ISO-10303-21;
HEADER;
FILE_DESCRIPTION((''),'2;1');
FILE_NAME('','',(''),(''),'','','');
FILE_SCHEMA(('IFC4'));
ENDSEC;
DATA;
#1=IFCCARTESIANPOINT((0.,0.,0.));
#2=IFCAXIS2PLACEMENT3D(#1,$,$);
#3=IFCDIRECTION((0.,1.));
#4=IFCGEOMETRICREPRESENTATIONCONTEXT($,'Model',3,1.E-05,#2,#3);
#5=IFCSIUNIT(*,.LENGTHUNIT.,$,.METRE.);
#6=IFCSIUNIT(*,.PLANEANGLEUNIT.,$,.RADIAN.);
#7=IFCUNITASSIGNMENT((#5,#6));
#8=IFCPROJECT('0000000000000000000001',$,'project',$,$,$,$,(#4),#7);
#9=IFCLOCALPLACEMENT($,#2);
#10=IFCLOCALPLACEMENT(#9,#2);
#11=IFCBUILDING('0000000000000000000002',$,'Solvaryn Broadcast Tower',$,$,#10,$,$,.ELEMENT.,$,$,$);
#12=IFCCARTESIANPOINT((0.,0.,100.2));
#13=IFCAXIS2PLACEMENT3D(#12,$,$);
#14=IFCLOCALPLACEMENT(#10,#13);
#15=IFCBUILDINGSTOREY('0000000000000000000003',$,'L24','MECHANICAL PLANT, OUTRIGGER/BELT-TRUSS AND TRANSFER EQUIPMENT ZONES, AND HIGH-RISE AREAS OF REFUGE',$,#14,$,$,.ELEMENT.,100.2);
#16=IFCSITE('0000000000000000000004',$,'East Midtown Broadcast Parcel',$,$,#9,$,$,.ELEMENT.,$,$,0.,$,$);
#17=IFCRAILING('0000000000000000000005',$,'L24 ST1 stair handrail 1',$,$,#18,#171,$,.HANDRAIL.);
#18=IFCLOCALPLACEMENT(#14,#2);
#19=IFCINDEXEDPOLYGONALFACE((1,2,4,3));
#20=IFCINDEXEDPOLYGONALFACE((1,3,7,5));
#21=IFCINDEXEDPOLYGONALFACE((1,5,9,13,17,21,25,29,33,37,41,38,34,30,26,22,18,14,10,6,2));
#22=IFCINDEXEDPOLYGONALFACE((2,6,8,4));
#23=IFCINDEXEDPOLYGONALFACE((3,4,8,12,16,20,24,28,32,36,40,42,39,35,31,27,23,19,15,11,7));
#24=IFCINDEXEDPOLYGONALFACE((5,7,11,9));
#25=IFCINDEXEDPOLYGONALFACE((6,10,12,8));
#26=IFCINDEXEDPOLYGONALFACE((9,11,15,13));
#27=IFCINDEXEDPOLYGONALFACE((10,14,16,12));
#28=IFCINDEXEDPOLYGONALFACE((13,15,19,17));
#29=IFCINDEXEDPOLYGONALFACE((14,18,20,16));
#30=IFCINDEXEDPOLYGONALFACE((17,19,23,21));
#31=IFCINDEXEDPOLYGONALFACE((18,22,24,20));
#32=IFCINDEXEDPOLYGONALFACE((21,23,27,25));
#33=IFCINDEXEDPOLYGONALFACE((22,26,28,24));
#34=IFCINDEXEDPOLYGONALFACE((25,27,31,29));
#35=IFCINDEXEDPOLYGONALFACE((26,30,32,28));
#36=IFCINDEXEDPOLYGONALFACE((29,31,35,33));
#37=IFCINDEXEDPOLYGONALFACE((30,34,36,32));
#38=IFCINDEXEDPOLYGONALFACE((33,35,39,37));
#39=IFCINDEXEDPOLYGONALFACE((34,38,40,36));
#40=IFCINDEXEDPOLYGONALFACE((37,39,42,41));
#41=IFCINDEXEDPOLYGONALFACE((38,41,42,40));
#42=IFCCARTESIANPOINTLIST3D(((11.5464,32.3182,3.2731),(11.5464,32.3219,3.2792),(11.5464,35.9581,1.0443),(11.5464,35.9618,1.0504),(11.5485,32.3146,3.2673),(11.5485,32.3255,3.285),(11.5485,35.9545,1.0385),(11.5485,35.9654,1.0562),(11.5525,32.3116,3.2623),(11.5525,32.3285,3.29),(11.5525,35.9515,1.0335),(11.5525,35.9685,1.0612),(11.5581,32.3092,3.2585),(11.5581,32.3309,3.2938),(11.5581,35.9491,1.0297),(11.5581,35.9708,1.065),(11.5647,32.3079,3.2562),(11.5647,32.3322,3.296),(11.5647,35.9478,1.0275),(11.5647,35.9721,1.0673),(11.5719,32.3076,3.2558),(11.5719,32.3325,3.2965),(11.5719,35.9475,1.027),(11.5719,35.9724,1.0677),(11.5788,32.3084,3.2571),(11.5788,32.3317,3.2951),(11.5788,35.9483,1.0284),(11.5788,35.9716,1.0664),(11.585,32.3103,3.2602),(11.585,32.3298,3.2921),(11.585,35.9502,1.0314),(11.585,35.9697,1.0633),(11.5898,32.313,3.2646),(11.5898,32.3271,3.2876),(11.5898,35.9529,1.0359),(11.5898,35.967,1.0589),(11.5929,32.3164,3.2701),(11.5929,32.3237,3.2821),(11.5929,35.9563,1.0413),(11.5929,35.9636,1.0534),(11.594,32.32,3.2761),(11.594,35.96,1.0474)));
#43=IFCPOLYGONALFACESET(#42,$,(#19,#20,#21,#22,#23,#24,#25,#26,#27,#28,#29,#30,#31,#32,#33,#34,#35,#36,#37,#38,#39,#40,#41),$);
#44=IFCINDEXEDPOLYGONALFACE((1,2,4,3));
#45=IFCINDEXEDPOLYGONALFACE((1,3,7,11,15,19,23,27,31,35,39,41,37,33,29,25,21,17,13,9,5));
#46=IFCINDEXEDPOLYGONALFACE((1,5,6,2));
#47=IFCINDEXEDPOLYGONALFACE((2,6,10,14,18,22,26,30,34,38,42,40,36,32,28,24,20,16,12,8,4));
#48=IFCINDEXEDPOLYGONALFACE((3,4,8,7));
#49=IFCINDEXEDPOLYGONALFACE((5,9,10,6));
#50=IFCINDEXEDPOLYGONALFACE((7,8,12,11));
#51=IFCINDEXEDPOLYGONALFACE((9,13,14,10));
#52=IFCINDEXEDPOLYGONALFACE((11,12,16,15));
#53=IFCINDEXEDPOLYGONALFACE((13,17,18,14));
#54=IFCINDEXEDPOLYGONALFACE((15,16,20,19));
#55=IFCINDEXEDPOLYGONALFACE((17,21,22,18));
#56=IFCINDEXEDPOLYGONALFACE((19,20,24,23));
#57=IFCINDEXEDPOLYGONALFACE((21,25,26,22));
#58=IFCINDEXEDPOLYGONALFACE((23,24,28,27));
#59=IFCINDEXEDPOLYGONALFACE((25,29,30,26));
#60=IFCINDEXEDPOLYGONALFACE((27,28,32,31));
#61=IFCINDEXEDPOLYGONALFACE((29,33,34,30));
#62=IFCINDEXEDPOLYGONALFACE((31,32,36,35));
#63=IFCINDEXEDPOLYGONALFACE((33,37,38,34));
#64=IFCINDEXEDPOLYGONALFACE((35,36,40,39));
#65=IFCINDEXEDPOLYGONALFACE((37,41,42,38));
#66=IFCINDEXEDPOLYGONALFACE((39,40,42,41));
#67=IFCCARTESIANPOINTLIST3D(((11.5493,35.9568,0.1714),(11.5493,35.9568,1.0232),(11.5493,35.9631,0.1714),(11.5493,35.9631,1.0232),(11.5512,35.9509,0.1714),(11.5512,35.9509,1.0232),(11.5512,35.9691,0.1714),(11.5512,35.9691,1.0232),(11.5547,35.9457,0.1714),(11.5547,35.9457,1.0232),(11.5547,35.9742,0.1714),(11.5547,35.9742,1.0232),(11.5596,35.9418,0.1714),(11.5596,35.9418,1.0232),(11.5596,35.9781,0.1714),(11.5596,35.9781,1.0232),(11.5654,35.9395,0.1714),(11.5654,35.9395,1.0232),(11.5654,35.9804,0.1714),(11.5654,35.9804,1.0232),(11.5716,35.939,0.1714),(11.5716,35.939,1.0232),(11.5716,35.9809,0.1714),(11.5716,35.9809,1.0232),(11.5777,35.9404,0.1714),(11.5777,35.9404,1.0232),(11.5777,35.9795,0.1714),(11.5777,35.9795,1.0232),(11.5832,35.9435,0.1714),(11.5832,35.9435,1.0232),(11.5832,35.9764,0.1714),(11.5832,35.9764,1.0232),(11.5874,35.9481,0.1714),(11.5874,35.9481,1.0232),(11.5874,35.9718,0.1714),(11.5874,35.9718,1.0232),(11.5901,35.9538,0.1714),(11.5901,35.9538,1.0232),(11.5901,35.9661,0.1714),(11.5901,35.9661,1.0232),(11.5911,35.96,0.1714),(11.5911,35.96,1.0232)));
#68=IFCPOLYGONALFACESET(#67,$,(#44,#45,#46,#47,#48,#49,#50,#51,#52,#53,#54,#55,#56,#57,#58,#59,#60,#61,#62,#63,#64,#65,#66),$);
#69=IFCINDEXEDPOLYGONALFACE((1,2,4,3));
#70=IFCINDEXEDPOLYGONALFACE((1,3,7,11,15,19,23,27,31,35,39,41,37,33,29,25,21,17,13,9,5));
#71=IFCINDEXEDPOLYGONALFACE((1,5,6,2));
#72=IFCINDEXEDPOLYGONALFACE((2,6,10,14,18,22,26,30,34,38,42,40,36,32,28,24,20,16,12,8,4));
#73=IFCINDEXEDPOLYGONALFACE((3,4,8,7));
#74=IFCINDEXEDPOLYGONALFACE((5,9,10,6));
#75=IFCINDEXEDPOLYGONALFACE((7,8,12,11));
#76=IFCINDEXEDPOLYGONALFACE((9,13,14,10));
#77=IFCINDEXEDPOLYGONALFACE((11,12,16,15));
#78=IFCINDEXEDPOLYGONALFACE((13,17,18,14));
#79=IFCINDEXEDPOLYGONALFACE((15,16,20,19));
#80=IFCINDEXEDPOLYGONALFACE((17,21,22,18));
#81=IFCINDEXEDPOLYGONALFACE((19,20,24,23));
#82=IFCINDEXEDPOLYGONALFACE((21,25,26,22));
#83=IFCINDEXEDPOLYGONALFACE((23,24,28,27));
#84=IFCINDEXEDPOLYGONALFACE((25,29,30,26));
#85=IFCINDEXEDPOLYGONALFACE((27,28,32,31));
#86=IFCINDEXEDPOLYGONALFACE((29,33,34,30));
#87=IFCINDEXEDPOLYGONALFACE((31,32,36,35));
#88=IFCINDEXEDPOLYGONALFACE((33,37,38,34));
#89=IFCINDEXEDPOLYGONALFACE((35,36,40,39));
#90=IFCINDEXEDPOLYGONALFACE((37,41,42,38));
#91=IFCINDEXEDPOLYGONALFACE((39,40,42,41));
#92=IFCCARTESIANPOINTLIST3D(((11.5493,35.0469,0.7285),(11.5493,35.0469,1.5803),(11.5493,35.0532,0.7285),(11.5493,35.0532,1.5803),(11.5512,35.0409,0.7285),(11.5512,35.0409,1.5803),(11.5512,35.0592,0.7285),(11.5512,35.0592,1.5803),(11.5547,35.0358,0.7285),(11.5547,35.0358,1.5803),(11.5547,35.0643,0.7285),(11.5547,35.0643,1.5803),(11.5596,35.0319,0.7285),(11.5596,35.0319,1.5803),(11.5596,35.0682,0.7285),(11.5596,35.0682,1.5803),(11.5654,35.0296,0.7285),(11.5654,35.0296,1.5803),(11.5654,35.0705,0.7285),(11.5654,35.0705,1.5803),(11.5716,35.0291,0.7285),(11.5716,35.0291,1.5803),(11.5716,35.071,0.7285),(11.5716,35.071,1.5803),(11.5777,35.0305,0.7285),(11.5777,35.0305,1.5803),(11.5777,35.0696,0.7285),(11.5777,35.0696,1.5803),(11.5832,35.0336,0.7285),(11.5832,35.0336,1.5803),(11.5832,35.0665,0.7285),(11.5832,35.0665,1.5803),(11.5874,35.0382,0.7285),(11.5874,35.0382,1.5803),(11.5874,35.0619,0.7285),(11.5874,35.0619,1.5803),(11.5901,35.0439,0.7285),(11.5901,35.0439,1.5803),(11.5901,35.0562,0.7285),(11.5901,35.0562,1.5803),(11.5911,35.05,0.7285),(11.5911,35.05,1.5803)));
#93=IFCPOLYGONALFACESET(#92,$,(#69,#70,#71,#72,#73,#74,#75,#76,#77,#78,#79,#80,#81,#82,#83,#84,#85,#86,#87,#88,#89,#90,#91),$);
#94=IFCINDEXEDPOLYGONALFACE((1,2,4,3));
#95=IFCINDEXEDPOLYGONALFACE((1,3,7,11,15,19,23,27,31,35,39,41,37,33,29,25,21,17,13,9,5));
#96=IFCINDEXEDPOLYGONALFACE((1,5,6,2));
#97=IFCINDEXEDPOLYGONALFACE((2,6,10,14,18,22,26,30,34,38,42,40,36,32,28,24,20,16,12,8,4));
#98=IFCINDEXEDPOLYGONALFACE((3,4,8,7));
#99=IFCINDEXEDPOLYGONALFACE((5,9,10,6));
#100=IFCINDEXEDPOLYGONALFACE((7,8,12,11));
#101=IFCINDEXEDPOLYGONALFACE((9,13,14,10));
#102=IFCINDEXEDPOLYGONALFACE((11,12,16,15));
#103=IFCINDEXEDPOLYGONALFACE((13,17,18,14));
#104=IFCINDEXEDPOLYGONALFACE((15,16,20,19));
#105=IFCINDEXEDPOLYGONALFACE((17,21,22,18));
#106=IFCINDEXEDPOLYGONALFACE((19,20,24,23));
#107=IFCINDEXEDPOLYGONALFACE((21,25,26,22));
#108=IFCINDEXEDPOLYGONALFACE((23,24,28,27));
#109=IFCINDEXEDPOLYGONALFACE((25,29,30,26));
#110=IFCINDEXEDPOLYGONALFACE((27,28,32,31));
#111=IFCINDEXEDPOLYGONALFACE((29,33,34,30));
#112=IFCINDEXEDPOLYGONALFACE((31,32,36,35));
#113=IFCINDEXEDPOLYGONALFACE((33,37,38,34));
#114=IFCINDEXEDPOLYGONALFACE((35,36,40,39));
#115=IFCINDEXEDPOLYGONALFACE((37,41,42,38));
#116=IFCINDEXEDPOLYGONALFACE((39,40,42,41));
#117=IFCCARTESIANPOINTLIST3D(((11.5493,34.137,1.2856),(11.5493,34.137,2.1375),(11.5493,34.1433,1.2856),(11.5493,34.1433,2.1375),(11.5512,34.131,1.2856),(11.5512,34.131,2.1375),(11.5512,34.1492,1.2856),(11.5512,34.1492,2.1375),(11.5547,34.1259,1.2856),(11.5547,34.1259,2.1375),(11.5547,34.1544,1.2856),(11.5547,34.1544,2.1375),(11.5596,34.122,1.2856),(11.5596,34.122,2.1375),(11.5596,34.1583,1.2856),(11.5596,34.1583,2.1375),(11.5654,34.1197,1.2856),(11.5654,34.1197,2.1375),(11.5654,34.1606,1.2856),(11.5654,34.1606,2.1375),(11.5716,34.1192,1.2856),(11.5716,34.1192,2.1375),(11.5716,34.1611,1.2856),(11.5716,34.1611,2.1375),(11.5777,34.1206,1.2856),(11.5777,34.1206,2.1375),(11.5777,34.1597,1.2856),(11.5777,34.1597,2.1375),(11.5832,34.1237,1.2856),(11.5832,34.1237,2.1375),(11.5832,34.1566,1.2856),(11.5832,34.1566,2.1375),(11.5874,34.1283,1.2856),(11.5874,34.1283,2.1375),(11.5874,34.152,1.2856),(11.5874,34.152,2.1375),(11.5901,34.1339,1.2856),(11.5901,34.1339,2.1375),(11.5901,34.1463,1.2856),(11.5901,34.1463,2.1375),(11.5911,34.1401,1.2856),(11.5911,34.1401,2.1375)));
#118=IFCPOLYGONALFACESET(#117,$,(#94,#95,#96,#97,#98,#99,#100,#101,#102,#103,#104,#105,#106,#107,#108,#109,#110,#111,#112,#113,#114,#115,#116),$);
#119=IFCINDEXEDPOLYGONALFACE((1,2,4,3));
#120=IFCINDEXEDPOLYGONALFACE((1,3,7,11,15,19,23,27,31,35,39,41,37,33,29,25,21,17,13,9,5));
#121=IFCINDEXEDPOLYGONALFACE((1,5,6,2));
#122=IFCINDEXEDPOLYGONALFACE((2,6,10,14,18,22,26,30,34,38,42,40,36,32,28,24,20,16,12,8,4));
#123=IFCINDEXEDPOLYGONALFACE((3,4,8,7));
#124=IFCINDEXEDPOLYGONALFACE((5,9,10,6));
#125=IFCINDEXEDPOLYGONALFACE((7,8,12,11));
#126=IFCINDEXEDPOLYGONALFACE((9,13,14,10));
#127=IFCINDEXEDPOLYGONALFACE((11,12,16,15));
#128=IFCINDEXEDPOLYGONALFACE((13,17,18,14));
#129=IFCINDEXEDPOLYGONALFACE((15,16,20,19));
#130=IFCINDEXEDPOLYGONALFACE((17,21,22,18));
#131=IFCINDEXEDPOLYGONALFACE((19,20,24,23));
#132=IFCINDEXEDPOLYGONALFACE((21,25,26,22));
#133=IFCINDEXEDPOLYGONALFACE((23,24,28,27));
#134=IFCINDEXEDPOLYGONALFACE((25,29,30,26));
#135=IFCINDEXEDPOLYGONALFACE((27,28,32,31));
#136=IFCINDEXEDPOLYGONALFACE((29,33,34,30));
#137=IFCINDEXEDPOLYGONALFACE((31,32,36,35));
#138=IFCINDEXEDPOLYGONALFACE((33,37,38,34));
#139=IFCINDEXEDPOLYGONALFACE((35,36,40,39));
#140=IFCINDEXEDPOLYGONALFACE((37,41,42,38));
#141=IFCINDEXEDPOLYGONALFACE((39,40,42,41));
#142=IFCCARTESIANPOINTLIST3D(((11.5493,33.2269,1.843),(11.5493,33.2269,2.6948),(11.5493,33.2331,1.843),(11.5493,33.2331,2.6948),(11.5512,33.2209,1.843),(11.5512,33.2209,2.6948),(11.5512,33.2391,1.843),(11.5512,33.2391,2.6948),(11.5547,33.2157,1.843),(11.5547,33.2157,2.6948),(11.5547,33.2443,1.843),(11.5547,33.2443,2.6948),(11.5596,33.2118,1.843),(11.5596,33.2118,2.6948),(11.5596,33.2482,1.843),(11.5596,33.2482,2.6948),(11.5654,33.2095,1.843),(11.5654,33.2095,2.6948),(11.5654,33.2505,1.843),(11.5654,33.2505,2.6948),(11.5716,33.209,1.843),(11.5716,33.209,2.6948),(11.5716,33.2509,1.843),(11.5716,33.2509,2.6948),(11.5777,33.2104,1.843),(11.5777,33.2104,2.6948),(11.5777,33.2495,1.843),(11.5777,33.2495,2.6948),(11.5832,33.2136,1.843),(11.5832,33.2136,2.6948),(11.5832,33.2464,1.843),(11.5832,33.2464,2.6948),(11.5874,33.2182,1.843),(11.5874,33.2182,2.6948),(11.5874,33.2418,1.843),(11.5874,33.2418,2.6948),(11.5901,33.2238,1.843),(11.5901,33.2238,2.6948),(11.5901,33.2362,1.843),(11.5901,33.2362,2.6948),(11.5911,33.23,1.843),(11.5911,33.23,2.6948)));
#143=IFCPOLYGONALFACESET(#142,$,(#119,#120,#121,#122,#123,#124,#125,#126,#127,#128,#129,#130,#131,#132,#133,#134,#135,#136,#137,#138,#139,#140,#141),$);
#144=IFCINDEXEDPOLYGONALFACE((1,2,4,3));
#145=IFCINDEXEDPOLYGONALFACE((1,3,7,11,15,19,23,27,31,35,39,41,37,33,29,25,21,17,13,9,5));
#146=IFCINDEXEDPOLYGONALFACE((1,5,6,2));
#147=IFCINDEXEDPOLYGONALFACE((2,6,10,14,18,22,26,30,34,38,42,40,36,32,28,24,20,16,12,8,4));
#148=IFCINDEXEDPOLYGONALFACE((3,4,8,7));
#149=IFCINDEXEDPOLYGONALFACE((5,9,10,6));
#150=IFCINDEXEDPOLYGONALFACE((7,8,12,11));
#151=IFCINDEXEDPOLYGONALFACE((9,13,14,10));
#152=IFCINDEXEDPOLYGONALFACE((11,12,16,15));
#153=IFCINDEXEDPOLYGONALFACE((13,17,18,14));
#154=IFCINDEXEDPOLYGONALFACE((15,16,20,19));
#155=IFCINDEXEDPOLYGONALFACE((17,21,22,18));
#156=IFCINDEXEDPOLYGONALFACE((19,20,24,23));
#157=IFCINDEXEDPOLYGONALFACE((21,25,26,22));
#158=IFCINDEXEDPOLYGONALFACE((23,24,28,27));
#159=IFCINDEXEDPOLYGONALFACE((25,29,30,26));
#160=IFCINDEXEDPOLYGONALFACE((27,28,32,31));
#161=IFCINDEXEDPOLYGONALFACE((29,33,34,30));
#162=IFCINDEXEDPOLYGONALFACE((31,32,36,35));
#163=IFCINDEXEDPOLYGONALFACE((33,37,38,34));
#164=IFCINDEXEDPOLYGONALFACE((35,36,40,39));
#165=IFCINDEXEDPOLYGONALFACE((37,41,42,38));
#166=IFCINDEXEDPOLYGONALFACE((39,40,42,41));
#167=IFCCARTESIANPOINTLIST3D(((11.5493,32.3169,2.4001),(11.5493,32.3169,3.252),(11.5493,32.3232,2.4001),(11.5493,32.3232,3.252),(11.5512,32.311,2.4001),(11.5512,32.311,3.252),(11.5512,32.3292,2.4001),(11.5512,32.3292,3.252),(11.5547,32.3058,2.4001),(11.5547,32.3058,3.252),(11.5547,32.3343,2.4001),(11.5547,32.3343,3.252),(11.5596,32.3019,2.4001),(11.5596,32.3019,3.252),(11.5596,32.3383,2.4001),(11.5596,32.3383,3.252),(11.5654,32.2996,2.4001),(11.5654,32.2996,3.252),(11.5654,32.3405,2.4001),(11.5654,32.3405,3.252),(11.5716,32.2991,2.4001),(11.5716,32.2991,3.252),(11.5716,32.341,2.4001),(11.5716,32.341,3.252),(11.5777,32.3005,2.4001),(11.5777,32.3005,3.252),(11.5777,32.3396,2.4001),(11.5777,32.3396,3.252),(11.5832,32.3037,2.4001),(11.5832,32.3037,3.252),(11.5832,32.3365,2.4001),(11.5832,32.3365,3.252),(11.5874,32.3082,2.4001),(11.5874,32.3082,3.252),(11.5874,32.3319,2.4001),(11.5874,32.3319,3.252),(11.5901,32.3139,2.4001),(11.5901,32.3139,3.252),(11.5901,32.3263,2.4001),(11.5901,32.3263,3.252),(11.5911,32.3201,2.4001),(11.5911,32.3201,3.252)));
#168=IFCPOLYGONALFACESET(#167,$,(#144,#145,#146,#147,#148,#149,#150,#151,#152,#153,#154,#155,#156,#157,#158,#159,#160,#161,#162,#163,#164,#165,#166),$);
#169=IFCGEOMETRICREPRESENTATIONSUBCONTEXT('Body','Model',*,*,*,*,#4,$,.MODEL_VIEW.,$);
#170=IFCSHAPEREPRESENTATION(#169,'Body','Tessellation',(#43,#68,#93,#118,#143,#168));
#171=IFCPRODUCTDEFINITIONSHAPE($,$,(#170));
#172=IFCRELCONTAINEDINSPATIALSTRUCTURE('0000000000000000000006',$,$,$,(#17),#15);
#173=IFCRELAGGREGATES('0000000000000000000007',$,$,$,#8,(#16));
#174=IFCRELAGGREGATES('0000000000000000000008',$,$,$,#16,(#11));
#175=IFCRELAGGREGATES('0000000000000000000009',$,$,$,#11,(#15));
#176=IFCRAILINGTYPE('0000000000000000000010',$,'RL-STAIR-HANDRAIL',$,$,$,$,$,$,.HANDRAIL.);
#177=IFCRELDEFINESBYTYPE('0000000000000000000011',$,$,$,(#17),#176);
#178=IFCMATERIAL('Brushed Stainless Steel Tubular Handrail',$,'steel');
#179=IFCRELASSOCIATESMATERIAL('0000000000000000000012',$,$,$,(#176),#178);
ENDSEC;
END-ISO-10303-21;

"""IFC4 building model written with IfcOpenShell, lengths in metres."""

from ifc_helpers import new_model, si_unit, direction, frame, origin, origin_2d, place, context, subcontext, project, spatial, circle, extrude, material, type_object, element, save


model = new_model("IFC4")

# Units and contexts
model_context = context("Model", 3, precision=1e-05, world=origin(), true_north=direction((0.0, 1.0)))
body_context = subcontext(model_context, "Body", "Model", "MODEL_VIEW")
ifc_project = project(units=[si_unit("LENGTHUNIT", "METRE"), si_unit("PLANEANGLEUNIT", "RADIAN")], contexts=[model_context])

# Site, building, storey
site_placement = place(None, origin())
site = spatial("IfcSite", under=ifc_project, at=site_placement, Name="East Midtown Broadcast Parcel", CompositionType="ELEMENT", RefElevation=0.0)
building_placement = place(site_placement, origin())
building = spatial("IfcBuilding", under=site, at=building_placement, Name="Solvaryn Broadcast Tower", CompositionType="ELEMENT")
storey_placement = place(building_placement, frame((0.0, 0.0, 100.2)))
storey = spatial("IfcBuildingStorey", under=building, at=storey_placement, Name="L24", Description="MECHANICAL PLANT, OUTRIGGER/BELT-TRUSS AND TRANSFER EQUIPMENT ZONES, AND HIGH-RISE AREAS OF REFUGE", CompositionType="ELEMENT", Elevation=100.2)

# Railing
ifc_material_1 = material(Name="Brushed Stainless Steel Tubular Handrail", Category="steel")
railing_type_1 = type_object("IfcRailingType", Name="RL-STAIR-HANDRAIL", PredefinedType="HANDRAIL", material=ifc_material_1)
for number, where, name in (
    (1, (11.5701, 35.96, 0.1714), "L24 ST1 stair handrail 1"),
):
    element("IfcRailing", number, at=place(storey_placement, frame(where)), inside=storey, type_object=railing_type_1, Name=name, PredefinedType="HANDRAIL", context=body_context, shape_type="SweptSolid", body=[
        extrude(circle(Radius=0.0239, at=origin_2d()), frame((0.0, 0.0, 0.876), z_axis=(0.0, -0.852825, 0.522197), x_axis=(1.0, 0.0, 0.0)), (0.0, 0.0, 1.0), 4.2681),
        extrude(circle(Radius=0.021, at=origin_2d()), origin(), (0.0, 0.0, 1.0), 0.8518),
        extrude(circle(Radius=0.021, at=origin_2d()), frame((0.0, -0.9099, 0.5571)), (0.0, 0.0, 1.0), 0.8518),
        extrude(circle(Radius=0.021, at=origin_2d()), frame((0.0, -1.8198, 1.1143)), (0.0, 0.0, 1.0), 0.8518),
        extrude(circle(Radius=0.021, at=origin_2d()), frame((0.0, -2.73, 1.6716)), (0.0, 0.0, 1.0), 0.8518),
        extrude(circle(Radius=0.021, at=origin_2d()), frame((0.0, -3.6399, 2.2288)), (0.0, 0.0, 1.0), 0.8518),
    ])

save(model, "model.ifc")
